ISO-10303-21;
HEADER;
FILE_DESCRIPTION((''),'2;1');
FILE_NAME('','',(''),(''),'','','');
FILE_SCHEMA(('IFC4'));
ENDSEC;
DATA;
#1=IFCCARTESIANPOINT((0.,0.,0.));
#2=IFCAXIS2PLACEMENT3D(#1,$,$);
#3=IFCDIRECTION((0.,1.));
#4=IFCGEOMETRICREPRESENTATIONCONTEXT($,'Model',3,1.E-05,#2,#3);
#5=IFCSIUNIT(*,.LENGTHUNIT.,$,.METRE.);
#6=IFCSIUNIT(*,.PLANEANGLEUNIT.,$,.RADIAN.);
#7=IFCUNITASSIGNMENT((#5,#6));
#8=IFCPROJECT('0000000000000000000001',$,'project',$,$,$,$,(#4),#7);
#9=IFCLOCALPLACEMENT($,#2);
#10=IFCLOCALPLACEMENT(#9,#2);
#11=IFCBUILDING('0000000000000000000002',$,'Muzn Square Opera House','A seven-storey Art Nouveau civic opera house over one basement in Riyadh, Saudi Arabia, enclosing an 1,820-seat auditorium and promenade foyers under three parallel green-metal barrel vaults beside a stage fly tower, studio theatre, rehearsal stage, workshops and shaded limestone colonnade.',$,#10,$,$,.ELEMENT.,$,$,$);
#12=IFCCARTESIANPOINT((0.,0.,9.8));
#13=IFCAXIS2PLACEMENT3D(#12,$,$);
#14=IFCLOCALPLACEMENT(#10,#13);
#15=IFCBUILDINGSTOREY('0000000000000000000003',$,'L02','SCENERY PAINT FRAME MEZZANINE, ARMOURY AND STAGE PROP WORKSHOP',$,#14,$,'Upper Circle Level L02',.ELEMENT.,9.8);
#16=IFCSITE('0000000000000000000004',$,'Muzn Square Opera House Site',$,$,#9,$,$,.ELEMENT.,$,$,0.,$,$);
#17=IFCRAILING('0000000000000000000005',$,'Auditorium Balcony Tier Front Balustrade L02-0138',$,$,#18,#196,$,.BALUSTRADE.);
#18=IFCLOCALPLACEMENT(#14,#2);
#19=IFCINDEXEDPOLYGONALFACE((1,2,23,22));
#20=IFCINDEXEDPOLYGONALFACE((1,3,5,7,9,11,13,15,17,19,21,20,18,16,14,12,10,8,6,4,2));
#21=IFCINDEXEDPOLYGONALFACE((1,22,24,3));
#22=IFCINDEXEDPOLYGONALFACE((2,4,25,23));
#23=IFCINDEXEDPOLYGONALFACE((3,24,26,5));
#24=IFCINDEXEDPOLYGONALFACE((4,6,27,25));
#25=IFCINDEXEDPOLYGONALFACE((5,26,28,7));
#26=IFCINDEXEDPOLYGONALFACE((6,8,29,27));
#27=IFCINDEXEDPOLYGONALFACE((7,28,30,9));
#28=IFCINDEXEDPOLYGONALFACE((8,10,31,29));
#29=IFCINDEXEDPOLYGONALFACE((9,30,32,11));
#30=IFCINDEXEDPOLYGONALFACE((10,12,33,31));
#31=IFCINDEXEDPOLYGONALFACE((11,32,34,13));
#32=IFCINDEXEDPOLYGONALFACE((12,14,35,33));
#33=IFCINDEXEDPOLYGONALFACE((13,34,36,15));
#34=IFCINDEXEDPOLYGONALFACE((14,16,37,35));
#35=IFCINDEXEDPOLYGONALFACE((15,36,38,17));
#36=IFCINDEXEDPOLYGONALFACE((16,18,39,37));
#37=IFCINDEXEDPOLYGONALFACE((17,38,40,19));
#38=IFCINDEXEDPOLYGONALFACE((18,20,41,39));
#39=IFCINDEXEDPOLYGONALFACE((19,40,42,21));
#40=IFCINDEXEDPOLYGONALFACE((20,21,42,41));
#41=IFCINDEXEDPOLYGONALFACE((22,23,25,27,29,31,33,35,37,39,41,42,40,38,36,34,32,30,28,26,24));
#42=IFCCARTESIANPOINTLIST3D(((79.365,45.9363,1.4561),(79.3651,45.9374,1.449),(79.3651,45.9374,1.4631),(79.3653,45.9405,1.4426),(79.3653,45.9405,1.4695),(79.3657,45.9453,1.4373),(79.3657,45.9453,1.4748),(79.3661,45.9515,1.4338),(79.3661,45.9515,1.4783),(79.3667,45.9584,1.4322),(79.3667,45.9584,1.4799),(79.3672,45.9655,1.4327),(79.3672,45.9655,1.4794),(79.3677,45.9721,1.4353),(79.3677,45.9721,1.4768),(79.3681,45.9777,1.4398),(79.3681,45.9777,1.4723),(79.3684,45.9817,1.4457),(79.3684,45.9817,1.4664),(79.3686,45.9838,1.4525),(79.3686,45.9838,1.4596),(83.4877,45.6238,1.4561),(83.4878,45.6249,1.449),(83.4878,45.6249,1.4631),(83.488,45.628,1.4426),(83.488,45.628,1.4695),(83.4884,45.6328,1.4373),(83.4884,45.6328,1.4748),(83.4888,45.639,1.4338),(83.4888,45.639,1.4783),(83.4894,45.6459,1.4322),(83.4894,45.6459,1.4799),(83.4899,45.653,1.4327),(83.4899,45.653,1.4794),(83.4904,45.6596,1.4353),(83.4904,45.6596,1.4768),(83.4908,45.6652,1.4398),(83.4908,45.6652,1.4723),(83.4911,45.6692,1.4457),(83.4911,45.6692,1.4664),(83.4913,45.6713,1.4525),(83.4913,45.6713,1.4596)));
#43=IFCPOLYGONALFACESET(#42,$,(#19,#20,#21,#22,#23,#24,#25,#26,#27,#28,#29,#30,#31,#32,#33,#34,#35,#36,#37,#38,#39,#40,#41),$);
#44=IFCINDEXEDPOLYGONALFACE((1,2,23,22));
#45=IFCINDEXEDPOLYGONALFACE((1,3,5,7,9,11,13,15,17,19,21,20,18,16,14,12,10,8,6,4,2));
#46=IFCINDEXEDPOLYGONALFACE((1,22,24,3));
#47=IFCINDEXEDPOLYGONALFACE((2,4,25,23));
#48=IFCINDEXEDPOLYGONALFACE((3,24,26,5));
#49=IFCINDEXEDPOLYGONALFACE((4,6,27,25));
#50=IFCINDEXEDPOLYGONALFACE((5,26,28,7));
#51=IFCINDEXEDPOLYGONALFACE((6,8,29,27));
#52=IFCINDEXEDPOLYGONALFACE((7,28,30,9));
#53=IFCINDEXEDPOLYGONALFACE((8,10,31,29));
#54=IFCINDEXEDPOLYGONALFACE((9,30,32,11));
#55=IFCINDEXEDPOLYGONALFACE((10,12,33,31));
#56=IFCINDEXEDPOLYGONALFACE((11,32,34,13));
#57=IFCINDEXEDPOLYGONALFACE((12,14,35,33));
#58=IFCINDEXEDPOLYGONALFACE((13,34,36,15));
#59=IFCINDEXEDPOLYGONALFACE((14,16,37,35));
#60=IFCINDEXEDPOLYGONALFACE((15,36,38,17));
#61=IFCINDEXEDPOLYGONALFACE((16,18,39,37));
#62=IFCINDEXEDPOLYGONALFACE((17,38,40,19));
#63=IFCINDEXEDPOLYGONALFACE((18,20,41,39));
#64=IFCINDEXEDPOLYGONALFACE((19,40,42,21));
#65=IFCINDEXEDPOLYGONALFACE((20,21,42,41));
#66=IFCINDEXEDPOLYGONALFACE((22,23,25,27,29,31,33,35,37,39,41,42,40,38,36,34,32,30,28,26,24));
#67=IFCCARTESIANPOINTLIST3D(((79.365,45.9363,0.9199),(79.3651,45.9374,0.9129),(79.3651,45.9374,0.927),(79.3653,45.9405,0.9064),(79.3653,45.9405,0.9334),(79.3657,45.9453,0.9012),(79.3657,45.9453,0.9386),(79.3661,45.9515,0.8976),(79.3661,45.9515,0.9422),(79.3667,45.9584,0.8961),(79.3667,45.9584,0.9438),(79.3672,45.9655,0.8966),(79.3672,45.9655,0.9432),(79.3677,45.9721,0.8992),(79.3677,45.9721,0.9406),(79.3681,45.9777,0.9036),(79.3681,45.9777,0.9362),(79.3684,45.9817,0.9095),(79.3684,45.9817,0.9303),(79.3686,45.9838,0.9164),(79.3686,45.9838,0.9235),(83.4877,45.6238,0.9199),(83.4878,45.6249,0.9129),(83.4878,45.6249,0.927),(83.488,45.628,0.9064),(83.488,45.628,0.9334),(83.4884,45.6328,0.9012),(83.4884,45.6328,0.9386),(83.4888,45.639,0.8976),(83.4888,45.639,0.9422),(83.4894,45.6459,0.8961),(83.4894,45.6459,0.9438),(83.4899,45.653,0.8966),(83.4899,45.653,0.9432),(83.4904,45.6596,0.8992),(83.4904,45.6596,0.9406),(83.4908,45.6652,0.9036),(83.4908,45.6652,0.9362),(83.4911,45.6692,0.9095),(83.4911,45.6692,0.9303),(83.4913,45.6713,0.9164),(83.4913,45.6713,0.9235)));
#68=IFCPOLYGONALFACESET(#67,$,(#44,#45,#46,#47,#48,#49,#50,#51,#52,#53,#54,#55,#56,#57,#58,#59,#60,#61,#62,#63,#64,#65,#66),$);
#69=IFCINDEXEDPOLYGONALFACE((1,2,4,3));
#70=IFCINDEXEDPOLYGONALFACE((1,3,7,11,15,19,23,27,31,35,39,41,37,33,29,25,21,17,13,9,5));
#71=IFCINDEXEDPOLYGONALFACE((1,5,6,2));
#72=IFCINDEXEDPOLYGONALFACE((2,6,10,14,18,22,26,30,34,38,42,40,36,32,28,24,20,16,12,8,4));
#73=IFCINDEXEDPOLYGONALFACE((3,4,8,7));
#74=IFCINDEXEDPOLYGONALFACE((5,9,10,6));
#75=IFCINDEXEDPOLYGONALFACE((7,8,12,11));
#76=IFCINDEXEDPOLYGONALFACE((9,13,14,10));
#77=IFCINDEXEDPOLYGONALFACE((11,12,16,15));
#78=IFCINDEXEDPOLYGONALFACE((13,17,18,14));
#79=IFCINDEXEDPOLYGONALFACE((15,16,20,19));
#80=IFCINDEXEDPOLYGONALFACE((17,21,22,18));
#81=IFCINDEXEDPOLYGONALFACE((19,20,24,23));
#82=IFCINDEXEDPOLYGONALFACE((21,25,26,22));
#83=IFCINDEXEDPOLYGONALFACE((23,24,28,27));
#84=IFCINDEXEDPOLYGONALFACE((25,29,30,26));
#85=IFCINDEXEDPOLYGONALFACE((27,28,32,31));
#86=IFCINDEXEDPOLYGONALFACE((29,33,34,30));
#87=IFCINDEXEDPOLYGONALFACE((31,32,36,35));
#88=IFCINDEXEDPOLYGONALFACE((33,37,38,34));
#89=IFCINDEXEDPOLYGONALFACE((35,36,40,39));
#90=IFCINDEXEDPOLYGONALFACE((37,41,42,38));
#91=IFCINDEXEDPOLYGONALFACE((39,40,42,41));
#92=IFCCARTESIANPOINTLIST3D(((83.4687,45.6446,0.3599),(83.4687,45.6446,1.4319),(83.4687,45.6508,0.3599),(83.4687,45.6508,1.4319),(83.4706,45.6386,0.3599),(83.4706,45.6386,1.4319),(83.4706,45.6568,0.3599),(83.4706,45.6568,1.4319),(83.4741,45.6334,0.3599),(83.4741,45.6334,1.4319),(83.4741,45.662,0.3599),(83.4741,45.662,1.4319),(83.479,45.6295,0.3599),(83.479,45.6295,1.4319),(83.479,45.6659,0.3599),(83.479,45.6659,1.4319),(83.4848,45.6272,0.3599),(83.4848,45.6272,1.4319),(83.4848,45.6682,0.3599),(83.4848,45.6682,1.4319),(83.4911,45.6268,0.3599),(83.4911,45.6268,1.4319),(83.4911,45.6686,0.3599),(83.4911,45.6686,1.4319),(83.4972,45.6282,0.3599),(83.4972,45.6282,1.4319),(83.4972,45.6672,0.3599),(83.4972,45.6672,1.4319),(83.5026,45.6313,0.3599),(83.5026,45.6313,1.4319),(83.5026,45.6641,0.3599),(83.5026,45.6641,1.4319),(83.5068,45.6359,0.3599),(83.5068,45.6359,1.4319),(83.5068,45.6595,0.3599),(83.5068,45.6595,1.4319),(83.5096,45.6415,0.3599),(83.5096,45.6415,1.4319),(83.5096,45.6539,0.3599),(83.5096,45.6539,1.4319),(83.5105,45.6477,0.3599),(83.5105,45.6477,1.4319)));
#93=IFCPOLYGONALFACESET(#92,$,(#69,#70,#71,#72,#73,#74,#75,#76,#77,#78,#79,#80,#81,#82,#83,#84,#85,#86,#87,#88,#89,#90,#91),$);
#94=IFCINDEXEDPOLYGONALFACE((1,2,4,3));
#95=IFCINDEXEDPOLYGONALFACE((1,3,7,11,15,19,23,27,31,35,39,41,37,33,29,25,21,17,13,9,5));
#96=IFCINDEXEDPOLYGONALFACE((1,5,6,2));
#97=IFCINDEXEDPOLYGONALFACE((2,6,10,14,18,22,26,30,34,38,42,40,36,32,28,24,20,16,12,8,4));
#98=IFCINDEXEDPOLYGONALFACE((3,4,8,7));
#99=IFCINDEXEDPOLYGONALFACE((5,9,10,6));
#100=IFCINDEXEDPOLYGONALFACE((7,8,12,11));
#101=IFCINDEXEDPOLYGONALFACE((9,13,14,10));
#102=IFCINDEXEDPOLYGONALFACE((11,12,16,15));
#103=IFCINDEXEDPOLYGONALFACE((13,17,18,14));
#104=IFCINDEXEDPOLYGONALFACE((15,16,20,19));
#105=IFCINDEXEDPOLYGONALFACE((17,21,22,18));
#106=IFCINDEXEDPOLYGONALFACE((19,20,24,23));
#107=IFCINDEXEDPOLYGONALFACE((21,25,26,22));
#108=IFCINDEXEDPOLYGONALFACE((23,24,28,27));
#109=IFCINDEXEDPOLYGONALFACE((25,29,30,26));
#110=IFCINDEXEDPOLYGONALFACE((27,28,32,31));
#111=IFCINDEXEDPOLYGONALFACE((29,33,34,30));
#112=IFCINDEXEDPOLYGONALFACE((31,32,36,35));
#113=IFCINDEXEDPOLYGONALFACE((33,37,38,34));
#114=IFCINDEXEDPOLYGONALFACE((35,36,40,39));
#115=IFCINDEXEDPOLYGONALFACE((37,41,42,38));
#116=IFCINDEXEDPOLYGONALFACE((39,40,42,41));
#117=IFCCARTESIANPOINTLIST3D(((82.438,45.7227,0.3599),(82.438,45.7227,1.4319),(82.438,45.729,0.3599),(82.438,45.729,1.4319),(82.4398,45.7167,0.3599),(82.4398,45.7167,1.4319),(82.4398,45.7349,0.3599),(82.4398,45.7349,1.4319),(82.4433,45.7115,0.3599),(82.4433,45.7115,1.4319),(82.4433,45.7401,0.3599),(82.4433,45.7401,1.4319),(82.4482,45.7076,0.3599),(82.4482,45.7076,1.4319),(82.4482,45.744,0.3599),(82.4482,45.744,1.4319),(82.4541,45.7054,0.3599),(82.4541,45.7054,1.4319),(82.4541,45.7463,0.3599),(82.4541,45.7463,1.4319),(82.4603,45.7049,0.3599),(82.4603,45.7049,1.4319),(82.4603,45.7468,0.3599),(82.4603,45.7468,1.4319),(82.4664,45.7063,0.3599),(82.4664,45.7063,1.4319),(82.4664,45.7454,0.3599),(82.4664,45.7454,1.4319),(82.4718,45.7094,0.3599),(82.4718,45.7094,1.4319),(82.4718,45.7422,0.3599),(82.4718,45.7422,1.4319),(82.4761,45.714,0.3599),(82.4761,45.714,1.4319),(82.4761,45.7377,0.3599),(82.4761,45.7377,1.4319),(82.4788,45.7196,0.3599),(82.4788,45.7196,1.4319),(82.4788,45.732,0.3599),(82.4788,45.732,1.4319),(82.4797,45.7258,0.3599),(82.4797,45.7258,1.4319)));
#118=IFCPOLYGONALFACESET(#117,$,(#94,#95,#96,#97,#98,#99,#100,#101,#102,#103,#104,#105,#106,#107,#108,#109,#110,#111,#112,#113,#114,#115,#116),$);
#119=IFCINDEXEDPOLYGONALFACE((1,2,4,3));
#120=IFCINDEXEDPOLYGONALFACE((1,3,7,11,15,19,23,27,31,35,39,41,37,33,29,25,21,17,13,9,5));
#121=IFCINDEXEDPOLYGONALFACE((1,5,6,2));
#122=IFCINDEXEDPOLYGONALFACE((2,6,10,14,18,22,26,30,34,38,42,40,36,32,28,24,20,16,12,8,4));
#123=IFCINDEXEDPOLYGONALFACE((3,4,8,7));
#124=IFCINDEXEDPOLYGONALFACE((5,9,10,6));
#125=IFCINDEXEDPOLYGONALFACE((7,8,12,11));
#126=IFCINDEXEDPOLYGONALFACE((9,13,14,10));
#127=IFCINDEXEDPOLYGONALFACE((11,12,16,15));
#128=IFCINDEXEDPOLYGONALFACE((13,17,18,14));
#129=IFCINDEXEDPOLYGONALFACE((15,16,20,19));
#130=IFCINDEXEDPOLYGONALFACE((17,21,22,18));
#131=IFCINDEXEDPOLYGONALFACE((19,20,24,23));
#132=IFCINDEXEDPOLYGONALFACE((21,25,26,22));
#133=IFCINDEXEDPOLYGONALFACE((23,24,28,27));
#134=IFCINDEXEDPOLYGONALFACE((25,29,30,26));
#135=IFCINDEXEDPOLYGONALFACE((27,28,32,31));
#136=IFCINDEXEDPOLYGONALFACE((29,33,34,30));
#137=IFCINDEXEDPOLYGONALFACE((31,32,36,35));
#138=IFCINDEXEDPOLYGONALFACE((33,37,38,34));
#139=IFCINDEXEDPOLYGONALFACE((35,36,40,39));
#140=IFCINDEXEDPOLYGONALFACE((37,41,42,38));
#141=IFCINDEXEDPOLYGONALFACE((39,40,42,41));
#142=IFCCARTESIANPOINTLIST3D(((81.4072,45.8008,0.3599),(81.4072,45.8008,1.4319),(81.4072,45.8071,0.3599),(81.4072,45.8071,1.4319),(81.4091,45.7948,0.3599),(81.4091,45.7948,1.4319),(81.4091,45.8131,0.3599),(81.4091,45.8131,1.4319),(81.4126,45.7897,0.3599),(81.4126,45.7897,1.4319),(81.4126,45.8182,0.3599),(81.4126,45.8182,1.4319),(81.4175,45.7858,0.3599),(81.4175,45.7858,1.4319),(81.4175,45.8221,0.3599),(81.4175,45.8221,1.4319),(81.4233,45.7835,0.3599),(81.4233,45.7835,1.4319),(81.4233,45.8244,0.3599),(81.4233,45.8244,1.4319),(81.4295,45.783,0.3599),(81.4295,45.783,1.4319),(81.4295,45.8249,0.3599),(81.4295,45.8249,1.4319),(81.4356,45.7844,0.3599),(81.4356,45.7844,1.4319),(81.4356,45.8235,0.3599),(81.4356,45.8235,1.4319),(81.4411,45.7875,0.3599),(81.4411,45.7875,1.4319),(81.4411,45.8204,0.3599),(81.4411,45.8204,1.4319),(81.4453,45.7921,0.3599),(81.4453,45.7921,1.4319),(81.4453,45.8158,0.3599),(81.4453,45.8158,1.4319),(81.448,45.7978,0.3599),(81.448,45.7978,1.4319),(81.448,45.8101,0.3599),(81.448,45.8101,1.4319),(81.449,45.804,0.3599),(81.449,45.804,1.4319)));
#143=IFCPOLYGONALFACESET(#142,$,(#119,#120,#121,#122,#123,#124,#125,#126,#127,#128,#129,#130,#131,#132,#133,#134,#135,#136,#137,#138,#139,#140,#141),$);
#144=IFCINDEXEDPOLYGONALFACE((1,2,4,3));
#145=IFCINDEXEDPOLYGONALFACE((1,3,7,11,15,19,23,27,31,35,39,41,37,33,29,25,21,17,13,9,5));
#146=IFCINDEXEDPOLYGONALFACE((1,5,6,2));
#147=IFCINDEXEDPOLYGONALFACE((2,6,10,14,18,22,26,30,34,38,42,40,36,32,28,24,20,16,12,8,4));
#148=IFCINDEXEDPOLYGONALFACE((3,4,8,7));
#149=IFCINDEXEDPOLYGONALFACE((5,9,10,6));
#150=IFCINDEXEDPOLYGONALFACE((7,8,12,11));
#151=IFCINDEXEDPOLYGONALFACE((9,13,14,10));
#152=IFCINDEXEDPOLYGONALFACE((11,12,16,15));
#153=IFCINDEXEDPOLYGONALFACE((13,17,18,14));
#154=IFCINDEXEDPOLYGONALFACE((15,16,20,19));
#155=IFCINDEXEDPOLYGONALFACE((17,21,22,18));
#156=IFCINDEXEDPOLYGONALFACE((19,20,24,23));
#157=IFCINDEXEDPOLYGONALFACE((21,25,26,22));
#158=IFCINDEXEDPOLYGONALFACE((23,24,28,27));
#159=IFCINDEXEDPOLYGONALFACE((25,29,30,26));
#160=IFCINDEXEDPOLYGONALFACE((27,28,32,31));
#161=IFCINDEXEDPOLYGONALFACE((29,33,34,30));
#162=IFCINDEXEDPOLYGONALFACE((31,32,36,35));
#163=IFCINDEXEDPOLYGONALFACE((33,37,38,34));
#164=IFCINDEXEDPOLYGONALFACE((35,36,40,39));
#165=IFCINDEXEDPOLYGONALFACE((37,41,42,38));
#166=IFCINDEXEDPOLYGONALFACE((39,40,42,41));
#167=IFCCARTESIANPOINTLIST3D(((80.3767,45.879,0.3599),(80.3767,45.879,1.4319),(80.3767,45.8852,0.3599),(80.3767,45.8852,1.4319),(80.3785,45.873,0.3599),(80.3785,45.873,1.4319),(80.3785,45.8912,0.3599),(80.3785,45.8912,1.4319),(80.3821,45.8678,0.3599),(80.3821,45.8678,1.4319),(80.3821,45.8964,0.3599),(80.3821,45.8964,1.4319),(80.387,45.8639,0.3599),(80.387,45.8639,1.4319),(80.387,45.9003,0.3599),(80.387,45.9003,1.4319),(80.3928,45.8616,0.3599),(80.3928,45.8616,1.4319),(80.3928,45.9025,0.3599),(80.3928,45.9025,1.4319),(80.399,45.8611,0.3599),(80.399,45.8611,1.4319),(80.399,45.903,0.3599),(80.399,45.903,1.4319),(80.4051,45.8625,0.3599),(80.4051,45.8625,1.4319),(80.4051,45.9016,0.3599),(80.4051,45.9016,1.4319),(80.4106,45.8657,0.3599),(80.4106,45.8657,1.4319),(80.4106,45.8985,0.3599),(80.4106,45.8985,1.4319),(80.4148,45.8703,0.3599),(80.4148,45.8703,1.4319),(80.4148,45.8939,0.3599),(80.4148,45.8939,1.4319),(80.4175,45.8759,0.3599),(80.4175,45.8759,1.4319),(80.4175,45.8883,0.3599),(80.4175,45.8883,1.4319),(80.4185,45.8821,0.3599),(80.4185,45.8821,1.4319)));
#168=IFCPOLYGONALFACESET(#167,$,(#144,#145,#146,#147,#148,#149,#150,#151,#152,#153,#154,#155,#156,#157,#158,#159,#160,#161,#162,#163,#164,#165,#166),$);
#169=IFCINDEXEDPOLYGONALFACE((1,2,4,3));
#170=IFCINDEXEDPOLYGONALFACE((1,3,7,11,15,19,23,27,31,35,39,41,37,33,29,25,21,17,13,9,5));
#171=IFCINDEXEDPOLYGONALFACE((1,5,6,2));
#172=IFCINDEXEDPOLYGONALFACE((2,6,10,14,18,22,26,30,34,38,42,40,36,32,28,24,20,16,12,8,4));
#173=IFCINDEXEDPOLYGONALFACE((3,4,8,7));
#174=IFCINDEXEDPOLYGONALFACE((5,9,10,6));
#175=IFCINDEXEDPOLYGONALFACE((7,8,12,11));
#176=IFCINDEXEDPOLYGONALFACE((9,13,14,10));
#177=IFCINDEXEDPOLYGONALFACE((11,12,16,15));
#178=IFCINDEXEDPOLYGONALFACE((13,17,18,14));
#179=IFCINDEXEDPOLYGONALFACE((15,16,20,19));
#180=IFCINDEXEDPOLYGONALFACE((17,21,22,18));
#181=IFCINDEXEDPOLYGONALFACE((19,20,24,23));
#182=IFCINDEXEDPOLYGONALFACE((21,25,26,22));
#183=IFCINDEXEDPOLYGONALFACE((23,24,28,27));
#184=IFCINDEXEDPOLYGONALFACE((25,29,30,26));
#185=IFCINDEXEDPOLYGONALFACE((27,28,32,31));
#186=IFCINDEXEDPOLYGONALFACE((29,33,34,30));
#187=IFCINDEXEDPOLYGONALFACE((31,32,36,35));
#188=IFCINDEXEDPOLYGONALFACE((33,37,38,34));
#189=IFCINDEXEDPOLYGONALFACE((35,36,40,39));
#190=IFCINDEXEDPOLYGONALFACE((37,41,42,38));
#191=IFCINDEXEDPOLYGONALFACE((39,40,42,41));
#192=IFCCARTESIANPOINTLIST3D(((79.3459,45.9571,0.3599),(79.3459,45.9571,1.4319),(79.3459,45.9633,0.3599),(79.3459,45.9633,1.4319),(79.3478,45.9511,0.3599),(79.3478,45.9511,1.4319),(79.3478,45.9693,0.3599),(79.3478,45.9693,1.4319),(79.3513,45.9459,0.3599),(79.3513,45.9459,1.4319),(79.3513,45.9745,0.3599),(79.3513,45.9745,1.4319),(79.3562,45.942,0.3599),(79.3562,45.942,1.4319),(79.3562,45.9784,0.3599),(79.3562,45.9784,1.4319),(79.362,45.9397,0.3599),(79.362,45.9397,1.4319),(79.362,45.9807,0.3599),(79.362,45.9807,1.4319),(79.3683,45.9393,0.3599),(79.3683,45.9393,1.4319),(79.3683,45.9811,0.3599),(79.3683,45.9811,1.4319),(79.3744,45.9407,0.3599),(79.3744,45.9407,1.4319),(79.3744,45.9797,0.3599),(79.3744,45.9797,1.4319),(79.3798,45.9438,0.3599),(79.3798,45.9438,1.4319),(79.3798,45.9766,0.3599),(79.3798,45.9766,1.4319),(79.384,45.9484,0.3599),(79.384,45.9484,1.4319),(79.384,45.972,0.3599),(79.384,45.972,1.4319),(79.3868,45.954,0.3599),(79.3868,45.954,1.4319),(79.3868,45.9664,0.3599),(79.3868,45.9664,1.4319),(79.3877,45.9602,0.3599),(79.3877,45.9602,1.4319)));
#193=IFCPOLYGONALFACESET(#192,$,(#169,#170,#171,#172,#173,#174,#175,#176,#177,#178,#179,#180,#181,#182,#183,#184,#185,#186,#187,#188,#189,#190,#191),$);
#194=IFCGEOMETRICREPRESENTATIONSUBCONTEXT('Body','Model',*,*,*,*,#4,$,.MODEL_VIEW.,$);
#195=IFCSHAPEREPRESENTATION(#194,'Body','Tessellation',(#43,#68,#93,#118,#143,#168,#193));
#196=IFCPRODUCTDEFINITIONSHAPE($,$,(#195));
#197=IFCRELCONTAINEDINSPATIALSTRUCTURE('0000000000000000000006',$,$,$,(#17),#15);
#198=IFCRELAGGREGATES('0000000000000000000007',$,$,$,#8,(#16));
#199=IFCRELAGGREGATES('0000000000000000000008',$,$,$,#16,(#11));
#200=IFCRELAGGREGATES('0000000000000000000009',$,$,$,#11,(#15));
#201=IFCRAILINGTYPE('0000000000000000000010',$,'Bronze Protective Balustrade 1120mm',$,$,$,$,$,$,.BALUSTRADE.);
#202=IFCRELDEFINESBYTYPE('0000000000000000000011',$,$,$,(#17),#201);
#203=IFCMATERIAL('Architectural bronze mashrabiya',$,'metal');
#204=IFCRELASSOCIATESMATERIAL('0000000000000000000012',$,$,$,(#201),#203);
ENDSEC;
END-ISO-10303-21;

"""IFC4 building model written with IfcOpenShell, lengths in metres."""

from ifc_helpers import new_model, si_unit, direction, frame, origin, origin_2d, place, context, subcontext, project, spatial, circle, extrude, material, type_object, element, save


model = new_model("IFC4")

# Units and contexts
model_context = context("Model", 3, precision=1e-05, world=origin(), true_north=direction((0.0, 1.0)))
body_context = subcontext(model_context, "Body", "Model", "MODEL_VIEW")
ifc_project = project(units=[si_unit("LENGTHUNIT", "METRE"), si_unit("PLANEANGLEUNIT", "RADIAN")], contexts=[model_context])

# Site, building, storey
site_placement = place(None, origin())
site = spatial("IfcSite", under=ifc_project, at=site_placement, Name="Muzn Square Opera House Site", CompositionType="ELEMENT", RefElevation=0.0)
building_placement = place(site_placement, origin())
building = spatial("IfcBuilding", under=site, at=building_placement, Name="Muzn Square Opera House", Description="A seven-storey Art Nouveau civic opera house over one basement in Riyadh, Saudi Arabia, enclosing an 1,820-seat auditorium and promenade foyers under three parallel green-metal barrel vaults beside a stage fly tower, studio theatre, rehearsal stage, workshops and shaded limestone colonnade.", CompositionType="ELEMENT")
storey_placement = place(building_placement, frame((0.0, 0.0, 9.8)))
storey = spatial("IfcBuildingStorey", under=building, at=storey_placement, Name="L02", Description="SCENERY PAINT FRAME MEZZANINE, ARMOURY AND STAGE PROP WORKSHOP", LongName="Upper Circle Level L02", CompositionType="ELEMENT", Elevation=9.8)

# Railing
ifc_material_1 = material(Name="Architectural bronze mashrabiya", Category="metal")
railing_type = type_object("IfcRailingType", Name="Bronze Protective Balustrade 1120mm", PredefinedType="BALUSTRADE", material=ifc_material_1)
railing_1_placement = place(storey_placement, frame((83.4895, 45.6477, 0.3599)))
element("IfcRailing", 1, at=railing_1_placement, inside=storey, type_object=railing_type, Name="Auditorium Balcony Tier Front Balustrade L02-0138", PredefinedType="BALUSTRADE", context=body_context, shape_type="SweptSolid", body=[
    extrude(circle(Radius=0.0239, at=origin_2d()), frame((0.0, 0.0, 1.0962), z_axis=(-0.99714, 0.075581, 0.0), x_axis=(-0.075581, -0.99714, 0.0)), (0.0, 0.0, 1.0), 4.1345),
    extrude(circle(Radius=0.0239, at=origin_2d()), frame((0.0, 0.0, 0.5601), z_axis=(-0.99714, 0.075581, 0.0), x_axis=(-0.075581, -0.99714, 0.0)), (0.0, 0.0, 1.0), 4.1345),
    extrude(circle(Radius=0.021, at=origin_2d()), origin(), (0.0, 0.0, 1.0), 1.072),
    extrude(circle(Radius=0.021, at=origin_2d()), frame((-1.0308, 0.0781, 0.0)), (0.0, 0.0, 1.0), 1.072),
    extrude(circle(Radius=0.021, at=origin_2d()), frame((-2.0615, 0.1562, 0.0)), (0.0, 0.0, 1.0), 1.072),
    extrude(circle(Radius=0.021, at=origin_2d()), frame((-3.092, 0.2344, 0.0)), (0.0, 0.0, 1.0), 1.072),
    extrude(circle(Radius=0.021, at=origin_2d()), frame((-4.1228, 0.3125, 0.0)), (0.0, 0.0, 1.0), 1.072),
])

save(model, "model.ifc")
